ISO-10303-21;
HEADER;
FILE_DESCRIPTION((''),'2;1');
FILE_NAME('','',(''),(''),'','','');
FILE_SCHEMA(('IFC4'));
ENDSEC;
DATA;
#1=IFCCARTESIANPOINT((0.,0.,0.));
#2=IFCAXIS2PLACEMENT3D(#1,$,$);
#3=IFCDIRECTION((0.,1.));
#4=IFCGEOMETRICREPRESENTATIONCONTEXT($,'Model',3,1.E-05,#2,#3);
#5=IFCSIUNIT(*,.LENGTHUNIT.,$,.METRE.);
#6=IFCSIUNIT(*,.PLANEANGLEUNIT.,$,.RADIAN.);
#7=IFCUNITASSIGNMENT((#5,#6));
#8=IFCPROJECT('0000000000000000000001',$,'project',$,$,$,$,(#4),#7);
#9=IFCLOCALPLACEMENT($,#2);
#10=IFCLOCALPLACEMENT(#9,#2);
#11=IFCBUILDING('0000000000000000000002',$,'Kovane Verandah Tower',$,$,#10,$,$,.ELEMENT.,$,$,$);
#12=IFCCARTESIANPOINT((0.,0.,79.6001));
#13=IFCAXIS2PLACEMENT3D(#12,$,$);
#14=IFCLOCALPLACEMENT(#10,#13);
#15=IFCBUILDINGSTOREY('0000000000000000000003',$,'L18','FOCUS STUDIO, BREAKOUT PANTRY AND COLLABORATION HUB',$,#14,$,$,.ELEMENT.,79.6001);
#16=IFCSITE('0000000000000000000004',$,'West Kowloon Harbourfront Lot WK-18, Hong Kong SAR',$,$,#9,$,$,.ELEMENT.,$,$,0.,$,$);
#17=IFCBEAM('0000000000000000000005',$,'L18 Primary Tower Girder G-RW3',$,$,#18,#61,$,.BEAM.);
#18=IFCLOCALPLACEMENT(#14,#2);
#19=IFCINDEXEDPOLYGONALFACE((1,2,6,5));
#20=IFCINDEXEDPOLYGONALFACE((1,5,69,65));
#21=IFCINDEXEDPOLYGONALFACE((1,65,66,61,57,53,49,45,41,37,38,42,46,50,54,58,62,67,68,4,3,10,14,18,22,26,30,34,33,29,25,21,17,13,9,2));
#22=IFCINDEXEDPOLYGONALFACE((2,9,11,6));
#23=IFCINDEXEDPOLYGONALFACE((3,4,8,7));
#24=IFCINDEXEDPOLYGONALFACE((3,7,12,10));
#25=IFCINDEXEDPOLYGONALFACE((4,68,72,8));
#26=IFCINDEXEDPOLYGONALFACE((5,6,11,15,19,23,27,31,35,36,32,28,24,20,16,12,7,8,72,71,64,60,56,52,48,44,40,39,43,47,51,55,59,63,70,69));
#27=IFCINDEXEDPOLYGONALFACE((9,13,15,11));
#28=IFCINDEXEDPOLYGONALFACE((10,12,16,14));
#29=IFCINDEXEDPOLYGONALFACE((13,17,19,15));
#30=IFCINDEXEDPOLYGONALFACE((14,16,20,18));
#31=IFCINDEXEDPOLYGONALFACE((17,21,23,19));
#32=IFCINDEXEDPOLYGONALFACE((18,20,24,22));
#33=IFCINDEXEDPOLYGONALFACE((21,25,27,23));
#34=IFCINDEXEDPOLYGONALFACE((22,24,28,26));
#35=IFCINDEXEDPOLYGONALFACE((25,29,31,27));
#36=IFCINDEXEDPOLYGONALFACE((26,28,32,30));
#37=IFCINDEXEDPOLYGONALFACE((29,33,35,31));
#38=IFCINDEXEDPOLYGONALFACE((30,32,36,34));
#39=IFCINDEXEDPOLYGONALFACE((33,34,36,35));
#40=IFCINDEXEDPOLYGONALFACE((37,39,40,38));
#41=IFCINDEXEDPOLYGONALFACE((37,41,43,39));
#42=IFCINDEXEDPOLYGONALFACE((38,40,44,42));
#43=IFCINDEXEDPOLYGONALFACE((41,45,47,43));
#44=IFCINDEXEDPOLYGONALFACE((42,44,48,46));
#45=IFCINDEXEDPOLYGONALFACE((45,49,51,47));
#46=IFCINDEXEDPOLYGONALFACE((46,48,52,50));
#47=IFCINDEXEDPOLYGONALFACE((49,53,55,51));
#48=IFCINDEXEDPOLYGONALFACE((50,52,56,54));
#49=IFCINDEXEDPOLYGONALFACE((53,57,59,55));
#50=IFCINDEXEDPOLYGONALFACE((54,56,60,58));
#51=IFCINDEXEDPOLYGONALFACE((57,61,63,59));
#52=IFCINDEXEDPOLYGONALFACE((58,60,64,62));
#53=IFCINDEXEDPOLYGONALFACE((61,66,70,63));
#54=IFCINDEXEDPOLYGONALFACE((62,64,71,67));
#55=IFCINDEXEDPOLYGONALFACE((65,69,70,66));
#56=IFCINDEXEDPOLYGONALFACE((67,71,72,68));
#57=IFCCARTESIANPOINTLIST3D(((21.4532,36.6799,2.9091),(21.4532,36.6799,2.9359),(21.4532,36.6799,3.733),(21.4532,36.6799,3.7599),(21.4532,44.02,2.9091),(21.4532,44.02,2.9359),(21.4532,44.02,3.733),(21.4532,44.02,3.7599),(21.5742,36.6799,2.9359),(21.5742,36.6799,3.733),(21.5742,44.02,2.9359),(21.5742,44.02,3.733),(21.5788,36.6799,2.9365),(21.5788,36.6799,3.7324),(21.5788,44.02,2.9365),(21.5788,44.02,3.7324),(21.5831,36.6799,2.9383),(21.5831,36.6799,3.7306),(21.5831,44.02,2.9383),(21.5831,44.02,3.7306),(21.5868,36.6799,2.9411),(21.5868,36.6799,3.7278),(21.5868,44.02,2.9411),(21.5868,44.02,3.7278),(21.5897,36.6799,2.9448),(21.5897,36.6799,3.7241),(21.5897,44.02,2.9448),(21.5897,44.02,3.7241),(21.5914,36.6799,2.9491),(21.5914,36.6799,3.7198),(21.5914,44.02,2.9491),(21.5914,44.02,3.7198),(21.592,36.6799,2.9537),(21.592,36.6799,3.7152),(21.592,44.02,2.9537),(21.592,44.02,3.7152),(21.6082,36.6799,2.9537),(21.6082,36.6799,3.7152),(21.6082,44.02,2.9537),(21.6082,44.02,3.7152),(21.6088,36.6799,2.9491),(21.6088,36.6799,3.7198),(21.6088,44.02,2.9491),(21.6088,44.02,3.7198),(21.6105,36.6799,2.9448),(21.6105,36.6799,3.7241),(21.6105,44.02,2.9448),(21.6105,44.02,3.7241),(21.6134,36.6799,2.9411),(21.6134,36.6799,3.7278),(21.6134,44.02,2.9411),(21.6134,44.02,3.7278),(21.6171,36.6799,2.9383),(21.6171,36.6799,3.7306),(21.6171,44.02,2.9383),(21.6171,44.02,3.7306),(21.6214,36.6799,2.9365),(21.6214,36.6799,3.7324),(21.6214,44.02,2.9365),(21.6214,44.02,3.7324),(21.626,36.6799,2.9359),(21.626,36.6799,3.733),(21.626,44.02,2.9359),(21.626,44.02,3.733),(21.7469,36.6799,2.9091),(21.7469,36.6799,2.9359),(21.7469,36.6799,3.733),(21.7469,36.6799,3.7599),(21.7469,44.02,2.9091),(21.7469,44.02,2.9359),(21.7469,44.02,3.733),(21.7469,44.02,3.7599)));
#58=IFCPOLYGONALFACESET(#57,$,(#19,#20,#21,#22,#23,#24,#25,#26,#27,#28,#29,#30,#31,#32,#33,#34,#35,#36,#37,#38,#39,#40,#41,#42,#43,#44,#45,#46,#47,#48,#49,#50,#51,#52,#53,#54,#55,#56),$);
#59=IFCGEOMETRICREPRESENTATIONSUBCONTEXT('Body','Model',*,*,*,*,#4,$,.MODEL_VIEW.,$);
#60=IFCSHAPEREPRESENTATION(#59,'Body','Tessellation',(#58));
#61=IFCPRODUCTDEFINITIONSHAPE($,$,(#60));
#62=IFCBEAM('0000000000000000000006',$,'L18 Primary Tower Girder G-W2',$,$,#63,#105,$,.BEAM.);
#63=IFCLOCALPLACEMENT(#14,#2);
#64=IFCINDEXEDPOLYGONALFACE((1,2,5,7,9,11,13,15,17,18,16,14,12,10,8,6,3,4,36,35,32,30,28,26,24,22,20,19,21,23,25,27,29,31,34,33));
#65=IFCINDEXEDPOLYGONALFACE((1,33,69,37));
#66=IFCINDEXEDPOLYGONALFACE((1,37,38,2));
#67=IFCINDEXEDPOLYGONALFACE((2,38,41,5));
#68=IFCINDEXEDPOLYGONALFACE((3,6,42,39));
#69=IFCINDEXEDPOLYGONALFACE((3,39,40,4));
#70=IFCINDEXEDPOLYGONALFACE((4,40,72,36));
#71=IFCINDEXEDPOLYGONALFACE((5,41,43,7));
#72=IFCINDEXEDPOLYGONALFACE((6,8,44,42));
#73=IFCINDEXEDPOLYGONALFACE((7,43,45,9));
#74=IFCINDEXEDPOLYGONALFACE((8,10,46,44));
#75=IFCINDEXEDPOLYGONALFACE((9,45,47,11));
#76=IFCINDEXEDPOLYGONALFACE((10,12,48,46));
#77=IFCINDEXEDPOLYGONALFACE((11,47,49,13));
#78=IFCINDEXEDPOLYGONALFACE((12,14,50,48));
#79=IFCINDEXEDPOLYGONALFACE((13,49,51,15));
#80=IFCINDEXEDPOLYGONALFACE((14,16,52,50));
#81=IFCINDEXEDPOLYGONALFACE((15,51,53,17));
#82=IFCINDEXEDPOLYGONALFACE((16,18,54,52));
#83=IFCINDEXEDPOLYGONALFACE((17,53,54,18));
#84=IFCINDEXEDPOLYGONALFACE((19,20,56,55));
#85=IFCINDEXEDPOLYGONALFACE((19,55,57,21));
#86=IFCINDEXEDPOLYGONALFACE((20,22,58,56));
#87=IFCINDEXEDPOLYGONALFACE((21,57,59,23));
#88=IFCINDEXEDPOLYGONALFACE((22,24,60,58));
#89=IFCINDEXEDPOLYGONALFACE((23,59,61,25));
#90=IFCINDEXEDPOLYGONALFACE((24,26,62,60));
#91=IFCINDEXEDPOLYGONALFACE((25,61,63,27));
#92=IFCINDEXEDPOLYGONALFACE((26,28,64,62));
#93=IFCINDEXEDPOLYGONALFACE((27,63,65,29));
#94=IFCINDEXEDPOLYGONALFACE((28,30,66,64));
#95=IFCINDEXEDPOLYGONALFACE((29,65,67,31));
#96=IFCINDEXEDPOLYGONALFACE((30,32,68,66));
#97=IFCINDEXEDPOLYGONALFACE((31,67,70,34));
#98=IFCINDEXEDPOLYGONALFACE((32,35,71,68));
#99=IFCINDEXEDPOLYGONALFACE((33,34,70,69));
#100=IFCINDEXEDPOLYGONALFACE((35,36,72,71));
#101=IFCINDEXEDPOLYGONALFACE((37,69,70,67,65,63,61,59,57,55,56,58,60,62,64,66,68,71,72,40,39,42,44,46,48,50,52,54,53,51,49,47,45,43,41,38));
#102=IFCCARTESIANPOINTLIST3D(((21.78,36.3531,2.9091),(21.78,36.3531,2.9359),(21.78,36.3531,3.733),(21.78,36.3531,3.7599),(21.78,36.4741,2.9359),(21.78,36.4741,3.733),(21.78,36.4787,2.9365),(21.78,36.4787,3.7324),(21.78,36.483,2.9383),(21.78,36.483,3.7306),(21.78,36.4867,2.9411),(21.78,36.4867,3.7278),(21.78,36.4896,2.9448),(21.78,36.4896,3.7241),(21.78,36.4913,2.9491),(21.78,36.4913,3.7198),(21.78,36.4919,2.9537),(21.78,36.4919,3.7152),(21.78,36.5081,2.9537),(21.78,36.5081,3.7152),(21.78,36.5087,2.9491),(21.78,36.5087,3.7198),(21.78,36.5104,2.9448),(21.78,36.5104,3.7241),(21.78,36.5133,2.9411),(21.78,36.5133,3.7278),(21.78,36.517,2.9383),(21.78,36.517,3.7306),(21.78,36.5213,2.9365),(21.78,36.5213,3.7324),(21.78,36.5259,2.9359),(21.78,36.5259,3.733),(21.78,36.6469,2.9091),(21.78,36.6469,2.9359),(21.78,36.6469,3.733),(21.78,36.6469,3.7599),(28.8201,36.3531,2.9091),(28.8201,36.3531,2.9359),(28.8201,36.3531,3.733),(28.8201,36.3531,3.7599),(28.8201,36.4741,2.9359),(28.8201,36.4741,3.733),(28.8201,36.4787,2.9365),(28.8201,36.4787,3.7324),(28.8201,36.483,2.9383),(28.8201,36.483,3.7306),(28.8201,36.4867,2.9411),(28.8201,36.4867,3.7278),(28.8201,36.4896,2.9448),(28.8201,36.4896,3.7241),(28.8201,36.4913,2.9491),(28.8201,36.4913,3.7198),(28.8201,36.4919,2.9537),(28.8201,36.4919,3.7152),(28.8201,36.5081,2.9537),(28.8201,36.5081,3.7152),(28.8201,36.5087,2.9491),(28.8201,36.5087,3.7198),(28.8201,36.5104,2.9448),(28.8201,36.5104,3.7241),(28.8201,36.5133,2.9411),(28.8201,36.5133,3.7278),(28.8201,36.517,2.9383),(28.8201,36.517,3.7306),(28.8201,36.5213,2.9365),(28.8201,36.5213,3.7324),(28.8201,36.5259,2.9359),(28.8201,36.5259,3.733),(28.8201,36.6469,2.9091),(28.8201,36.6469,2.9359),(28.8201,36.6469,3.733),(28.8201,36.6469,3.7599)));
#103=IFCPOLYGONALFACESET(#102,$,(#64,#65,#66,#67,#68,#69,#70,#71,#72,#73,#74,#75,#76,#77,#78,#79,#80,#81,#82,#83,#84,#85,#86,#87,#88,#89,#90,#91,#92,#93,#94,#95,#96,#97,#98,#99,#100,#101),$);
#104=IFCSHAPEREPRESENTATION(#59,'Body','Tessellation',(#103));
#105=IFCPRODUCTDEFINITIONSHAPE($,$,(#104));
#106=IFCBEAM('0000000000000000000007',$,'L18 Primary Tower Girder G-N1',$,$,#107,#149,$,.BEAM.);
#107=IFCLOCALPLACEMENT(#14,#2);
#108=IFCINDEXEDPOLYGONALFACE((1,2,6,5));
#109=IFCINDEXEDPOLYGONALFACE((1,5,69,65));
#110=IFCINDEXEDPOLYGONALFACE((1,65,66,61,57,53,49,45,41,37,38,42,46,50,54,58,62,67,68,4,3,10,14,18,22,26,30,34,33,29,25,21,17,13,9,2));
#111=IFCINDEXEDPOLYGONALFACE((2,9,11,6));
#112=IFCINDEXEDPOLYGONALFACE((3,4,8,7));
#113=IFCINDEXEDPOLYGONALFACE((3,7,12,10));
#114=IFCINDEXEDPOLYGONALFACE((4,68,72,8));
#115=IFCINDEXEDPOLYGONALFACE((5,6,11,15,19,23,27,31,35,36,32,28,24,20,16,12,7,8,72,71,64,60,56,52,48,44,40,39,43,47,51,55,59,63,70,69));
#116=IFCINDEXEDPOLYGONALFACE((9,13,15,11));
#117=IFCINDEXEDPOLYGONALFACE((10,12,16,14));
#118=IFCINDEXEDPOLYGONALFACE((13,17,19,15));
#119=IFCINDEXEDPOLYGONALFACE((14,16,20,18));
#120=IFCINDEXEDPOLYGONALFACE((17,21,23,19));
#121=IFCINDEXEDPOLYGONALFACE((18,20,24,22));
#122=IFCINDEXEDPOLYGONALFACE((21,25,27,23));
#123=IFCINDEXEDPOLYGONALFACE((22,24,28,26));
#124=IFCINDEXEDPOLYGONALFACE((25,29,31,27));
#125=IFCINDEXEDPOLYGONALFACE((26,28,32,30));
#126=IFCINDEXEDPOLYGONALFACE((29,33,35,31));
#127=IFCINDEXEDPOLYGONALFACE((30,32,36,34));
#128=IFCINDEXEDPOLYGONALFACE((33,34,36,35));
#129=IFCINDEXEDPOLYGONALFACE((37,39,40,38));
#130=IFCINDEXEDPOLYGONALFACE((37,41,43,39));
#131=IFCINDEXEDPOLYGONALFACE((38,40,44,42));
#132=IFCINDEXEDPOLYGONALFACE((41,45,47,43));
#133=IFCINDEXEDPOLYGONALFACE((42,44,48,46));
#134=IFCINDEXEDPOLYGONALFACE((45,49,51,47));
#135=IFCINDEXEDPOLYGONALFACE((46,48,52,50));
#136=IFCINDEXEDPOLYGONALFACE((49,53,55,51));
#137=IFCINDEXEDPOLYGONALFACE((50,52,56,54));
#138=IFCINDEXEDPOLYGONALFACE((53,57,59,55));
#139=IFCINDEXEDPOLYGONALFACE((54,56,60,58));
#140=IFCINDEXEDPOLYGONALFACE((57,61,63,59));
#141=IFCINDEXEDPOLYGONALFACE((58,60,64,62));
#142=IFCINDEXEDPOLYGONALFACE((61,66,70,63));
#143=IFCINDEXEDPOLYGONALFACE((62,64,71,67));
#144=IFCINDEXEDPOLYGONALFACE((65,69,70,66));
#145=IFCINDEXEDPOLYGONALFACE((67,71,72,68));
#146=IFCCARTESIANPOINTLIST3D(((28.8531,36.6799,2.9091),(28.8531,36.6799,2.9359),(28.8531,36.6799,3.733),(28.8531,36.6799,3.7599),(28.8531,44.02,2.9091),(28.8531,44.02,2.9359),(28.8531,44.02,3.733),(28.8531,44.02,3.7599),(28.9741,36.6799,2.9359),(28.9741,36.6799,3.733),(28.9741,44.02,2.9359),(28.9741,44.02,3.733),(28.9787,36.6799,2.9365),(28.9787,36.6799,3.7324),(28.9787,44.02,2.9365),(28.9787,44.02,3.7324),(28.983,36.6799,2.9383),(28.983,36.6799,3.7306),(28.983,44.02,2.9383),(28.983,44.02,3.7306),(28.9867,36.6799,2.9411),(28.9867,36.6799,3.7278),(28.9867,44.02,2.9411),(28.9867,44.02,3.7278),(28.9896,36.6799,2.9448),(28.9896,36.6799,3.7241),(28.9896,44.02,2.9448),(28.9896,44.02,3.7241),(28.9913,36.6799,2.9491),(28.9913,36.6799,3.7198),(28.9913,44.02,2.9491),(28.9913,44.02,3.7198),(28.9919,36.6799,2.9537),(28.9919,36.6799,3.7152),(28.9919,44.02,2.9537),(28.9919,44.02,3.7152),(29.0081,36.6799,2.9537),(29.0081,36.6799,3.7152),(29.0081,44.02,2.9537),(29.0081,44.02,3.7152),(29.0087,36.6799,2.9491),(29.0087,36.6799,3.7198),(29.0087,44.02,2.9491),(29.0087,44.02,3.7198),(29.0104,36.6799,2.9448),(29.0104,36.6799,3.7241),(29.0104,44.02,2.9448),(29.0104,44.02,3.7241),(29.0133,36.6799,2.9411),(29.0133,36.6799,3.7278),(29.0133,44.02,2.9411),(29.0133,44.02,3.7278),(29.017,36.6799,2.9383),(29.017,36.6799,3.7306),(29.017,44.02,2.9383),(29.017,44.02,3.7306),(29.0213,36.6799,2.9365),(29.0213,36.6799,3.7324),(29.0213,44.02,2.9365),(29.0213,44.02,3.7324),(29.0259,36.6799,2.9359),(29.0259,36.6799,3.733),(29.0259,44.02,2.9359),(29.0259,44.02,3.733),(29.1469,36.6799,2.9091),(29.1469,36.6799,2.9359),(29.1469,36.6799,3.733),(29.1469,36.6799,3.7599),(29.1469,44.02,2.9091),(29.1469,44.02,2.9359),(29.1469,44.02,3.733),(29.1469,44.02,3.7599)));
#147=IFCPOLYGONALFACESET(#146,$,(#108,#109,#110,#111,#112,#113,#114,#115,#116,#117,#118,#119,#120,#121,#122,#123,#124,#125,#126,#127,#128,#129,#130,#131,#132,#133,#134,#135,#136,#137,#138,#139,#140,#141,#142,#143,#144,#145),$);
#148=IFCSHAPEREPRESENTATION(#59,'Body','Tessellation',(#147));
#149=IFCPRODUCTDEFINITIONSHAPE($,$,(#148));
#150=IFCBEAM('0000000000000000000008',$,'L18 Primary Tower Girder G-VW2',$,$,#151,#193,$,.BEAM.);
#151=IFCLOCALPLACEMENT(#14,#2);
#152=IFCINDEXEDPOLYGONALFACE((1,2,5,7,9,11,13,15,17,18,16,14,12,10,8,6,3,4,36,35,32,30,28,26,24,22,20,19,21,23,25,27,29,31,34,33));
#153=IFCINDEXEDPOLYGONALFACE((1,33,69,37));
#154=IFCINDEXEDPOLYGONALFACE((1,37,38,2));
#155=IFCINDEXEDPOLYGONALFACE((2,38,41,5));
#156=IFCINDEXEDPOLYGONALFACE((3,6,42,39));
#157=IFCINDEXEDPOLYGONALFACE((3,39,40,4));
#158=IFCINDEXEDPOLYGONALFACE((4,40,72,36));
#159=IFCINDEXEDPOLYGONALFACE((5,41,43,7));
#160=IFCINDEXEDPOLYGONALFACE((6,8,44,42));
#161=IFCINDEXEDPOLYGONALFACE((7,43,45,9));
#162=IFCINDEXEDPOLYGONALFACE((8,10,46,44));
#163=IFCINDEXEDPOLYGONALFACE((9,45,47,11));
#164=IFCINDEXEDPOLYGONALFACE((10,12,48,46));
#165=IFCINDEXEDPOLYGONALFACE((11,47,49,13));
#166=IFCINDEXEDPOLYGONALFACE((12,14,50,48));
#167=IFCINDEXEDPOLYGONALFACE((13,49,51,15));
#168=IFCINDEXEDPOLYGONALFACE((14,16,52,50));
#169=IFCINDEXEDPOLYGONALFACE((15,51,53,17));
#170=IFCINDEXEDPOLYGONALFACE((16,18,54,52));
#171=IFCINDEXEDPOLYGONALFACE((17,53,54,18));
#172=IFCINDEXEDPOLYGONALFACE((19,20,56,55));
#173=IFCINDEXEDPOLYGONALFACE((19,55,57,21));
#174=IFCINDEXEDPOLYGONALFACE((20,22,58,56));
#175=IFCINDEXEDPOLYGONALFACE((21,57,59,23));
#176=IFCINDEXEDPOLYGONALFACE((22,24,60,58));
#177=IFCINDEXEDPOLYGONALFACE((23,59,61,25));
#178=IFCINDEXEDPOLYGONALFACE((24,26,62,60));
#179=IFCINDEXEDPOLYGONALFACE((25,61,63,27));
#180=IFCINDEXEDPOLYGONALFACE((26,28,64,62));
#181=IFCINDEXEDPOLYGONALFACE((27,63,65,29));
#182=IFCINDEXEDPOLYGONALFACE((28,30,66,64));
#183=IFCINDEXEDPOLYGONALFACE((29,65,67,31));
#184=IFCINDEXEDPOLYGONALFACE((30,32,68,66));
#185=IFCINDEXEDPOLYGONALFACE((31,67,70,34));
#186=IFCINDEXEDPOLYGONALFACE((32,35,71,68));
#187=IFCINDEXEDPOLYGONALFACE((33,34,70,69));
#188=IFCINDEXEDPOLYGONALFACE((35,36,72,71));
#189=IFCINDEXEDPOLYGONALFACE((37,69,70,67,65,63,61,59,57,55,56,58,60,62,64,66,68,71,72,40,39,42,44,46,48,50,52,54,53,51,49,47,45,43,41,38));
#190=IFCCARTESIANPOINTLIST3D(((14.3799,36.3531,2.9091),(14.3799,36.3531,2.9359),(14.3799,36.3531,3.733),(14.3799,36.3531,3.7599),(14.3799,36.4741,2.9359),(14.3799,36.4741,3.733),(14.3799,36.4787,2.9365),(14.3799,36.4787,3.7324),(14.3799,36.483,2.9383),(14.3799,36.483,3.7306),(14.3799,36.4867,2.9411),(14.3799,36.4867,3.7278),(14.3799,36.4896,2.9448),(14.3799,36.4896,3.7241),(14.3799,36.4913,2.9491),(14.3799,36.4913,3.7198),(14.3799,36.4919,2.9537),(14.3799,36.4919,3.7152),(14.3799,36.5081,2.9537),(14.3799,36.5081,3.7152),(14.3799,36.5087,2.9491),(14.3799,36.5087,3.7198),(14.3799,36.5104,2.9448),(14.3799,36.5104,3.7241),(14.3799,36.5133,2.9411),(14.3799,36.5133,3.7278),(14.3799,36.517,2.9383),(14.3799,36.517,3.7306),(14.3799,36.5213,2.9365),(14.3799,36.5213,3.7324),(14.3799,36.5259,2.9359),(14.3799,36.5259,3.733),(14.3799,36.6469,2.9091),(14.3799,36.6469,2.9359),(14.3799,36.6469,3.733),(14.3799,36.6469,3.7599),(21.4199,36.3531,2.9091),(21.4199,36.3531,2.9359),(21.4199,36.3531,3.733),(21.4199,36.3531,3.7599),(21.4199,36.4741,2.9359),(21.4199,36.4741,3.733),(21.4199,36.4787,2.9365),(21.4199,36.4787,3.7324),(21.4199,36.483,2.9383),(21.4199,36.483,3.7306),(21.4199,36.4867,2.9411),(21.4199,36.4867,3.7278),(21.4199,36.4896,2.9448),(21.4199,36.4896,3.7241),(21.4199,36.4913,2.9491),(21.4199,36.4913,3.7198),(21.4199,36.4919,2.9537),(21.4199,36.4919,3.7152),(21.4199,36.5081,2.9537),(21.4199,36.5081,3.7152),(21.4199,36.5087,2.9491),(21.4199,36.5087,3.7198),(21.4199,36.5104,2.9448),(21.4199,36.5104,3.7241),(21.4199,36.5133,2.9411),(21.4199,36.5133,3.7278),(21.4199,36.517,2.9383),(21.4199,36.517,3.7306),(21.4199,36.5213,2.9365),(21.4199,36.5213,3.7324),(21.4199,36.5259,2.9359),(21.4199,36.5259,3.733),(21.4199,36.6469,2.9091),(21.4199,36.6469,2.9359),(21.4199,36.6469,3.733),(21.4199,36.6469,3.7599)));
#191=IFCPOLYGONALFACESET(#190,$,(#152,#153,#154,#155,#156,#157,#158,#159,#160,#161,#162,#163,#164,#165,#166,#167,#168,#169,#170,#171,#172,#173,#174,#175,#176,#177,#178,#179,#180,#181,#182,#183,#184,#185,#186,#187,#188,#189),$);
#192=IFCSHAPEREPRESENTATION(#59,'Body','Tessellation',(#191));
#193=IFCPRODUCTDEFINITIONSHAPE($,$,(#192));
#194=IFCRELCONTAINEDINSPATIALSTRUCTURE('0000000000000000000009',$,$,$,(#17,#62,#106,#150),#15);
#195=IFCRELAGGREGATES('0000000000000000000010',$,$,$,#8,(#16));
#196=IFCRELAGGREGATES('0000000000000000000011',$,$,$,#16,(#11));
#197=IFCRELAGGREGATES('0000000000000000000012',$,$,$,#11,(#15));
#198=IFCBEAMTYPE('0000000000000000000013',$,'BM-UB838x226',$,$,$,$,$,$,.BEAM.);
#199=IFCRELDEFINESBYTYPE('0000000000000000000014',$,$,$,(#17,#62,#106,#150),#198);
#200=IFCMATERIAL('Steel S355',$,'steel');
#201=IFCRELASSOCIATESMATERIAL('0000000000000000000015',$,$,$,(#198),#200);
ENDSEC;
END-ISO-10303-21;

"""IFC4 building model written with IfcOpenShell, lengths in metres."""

from ifc_helpers import new_model, si_unit, direction, frame, origin, origin_2d, place, context, subcontext, project, spatial, i_section, extrude, material, material_profile, profile_set, type_object, element, save


model = new_model("IFC4")

# Units and contexts
model_context = context("Model", 3, precision=1e-05, world=origin(), true_north=direction((0.0, 1.0)))
body_context = subcontext(model_context, "Body", "Model", "MODEL_VIEW")
ifc_project = project(units=[si_unit("LENGTHUNIT", "METRE"), si_unit("PLANEANGLEUNIT", "RADIAN")], contexts=[model_context])

# Site, building, storey
site_placement = place(None, origin())
site = spatial("IfcSite", under=ifc_project, at=site_placement, Name="West Kowloon Harbourfront Lot WK-18, Hong Kong SAR", CompositionType="ELEMENT", RefElevation=0.0)
building_placement = place(site_placement, origin())
building = spatial("IfcBuilding", under=site, at=building_placement, Name="Kovane Verandah Tower", CompositionType="ELEMENT")
storey_placement = place(building_placement, frame((0.0, 0.0, 79.6001)))
storey = spatial("IfcBuildingStorey", under=building, at=storey_placement, Name="L18", Description="FOCUS STUDIO, BREAKOUT PANTRY AND COLLABORATION HUB", CompositionType="ELEMENT", Elevation=79.6001)

# Beams
ifc_material_1 = material(Name="Steel S355", Category="steel")
ifc_material_profile_1 = material_profile(ifc_material_1, i_section(OverallWidth=0.2937, OverallDepth=0.8508, WebThickness=0.0161, FlangeThickness=0.0269, FilletRadius=0.0178, at=origin_2d()), Name="UB838x292x226")
ifc_profile_set_1 = profile_set([ifc_material_profile_1], Name="Steel S355")
beam_type_1 = type_object("IfcBeamType", Name="BM-UB838x226", PredefinedType="BEAM", material=ifc_profile_set_1)
beam_1_placement = place(storey_placement, frame((21.6001, 36.6799, 3.3345), z_axis=(0.0, 1.0, 0.0), x_axis=(-1.0, 0.0, 0.0)))
element("IfcBeam", 1, at=beam_1_placement, inside=storey, type_object=beam_type_1, Name="L18 Primary Tower Girder G-RW3", PredefinedType="BEAM", context=body_context, shape_type="SweptSolid", body=[
    extrude(i_section(OverallWidth=0.2937, OverallDepth=0.8508, WebThickness=0.0161, FlangeThickness=0.0269, FilletRadius=0.0178, at=origin_2d()), origin(), (0.0, 0.0, 1.0), 7.3401),
])
beam_2_placement = place(storey_placement, frame((28.8201, 36.5, 3.3345), z_axis=(-1.0, 0.0, 0.0), x_axis=(0.0, -1.0, 0.0)))
element("IfcBeam", 2, at=beam_2_placement, inside=storey, type_object=beam_type_1, Name="L18 Primary Tower Girder G-W2", PredefinedType="BEAM", context=body_context, shape_type="SweptSolid", body=[
    extrude(i_section(OverallWidth=0.2937, OverallDepth=0.8508, WebThickness=0.0161, FlangeThickness=0.0269, FilletRadius=0.0178, at=origin_2d()), origin(), (0.0, 0.0, 1.0), 7.04),
])
beam_3_placement = place(storey_placement, frame((29.0, 36.6799, 3.3345), z_axis=(0.0, 1.0, 0.0), x_axis=(-1.0, 0.0, 0.0)))
element("IfcBeam", 3, at=beam_3_placement, inside=storey, type_object=beam_type_1, Name="L18 Primary Tower Girder G-N1", PredefinedType="BEAM", context=body_context, shape_type="SweptSolid", body=[
    extrude(i_section(OverallWidth=0.2937, OverallDepth=0.8508, WebThickness=0.0161, FlangeThickness=0.0269, FilletRadius=0.0178, at=origin_2d()), origin(), (0.0, 0.0, 1.0), 7.3401),
])
beam_4_placement = place(storey_placement, frame((21.4199, 36.5, 3.3345), z_axis=(-1.0, 0.0, 0.0), x_axis=(0.0, -1.0, 0.0)))
element("IfcBeam", 4, at=beam_4_placement, inside=storey, type_object=beam_type_1, Name="L18 Primary Tower Girder G-VW2", PredefinedType="BEAM", context=body_context, shape_type="SweptSolid", body=[
    extrude(i_section(OverallWidth=0.2937, OverallDepth=0.8508, WebThickness=0.0161, FlangeThickness=0.0269, FilletRadius=0.0178, at=origin_2d()), origin(), (0.0, 0.0, 1.0), 7.04),
])

save(model, "model.ifc")
